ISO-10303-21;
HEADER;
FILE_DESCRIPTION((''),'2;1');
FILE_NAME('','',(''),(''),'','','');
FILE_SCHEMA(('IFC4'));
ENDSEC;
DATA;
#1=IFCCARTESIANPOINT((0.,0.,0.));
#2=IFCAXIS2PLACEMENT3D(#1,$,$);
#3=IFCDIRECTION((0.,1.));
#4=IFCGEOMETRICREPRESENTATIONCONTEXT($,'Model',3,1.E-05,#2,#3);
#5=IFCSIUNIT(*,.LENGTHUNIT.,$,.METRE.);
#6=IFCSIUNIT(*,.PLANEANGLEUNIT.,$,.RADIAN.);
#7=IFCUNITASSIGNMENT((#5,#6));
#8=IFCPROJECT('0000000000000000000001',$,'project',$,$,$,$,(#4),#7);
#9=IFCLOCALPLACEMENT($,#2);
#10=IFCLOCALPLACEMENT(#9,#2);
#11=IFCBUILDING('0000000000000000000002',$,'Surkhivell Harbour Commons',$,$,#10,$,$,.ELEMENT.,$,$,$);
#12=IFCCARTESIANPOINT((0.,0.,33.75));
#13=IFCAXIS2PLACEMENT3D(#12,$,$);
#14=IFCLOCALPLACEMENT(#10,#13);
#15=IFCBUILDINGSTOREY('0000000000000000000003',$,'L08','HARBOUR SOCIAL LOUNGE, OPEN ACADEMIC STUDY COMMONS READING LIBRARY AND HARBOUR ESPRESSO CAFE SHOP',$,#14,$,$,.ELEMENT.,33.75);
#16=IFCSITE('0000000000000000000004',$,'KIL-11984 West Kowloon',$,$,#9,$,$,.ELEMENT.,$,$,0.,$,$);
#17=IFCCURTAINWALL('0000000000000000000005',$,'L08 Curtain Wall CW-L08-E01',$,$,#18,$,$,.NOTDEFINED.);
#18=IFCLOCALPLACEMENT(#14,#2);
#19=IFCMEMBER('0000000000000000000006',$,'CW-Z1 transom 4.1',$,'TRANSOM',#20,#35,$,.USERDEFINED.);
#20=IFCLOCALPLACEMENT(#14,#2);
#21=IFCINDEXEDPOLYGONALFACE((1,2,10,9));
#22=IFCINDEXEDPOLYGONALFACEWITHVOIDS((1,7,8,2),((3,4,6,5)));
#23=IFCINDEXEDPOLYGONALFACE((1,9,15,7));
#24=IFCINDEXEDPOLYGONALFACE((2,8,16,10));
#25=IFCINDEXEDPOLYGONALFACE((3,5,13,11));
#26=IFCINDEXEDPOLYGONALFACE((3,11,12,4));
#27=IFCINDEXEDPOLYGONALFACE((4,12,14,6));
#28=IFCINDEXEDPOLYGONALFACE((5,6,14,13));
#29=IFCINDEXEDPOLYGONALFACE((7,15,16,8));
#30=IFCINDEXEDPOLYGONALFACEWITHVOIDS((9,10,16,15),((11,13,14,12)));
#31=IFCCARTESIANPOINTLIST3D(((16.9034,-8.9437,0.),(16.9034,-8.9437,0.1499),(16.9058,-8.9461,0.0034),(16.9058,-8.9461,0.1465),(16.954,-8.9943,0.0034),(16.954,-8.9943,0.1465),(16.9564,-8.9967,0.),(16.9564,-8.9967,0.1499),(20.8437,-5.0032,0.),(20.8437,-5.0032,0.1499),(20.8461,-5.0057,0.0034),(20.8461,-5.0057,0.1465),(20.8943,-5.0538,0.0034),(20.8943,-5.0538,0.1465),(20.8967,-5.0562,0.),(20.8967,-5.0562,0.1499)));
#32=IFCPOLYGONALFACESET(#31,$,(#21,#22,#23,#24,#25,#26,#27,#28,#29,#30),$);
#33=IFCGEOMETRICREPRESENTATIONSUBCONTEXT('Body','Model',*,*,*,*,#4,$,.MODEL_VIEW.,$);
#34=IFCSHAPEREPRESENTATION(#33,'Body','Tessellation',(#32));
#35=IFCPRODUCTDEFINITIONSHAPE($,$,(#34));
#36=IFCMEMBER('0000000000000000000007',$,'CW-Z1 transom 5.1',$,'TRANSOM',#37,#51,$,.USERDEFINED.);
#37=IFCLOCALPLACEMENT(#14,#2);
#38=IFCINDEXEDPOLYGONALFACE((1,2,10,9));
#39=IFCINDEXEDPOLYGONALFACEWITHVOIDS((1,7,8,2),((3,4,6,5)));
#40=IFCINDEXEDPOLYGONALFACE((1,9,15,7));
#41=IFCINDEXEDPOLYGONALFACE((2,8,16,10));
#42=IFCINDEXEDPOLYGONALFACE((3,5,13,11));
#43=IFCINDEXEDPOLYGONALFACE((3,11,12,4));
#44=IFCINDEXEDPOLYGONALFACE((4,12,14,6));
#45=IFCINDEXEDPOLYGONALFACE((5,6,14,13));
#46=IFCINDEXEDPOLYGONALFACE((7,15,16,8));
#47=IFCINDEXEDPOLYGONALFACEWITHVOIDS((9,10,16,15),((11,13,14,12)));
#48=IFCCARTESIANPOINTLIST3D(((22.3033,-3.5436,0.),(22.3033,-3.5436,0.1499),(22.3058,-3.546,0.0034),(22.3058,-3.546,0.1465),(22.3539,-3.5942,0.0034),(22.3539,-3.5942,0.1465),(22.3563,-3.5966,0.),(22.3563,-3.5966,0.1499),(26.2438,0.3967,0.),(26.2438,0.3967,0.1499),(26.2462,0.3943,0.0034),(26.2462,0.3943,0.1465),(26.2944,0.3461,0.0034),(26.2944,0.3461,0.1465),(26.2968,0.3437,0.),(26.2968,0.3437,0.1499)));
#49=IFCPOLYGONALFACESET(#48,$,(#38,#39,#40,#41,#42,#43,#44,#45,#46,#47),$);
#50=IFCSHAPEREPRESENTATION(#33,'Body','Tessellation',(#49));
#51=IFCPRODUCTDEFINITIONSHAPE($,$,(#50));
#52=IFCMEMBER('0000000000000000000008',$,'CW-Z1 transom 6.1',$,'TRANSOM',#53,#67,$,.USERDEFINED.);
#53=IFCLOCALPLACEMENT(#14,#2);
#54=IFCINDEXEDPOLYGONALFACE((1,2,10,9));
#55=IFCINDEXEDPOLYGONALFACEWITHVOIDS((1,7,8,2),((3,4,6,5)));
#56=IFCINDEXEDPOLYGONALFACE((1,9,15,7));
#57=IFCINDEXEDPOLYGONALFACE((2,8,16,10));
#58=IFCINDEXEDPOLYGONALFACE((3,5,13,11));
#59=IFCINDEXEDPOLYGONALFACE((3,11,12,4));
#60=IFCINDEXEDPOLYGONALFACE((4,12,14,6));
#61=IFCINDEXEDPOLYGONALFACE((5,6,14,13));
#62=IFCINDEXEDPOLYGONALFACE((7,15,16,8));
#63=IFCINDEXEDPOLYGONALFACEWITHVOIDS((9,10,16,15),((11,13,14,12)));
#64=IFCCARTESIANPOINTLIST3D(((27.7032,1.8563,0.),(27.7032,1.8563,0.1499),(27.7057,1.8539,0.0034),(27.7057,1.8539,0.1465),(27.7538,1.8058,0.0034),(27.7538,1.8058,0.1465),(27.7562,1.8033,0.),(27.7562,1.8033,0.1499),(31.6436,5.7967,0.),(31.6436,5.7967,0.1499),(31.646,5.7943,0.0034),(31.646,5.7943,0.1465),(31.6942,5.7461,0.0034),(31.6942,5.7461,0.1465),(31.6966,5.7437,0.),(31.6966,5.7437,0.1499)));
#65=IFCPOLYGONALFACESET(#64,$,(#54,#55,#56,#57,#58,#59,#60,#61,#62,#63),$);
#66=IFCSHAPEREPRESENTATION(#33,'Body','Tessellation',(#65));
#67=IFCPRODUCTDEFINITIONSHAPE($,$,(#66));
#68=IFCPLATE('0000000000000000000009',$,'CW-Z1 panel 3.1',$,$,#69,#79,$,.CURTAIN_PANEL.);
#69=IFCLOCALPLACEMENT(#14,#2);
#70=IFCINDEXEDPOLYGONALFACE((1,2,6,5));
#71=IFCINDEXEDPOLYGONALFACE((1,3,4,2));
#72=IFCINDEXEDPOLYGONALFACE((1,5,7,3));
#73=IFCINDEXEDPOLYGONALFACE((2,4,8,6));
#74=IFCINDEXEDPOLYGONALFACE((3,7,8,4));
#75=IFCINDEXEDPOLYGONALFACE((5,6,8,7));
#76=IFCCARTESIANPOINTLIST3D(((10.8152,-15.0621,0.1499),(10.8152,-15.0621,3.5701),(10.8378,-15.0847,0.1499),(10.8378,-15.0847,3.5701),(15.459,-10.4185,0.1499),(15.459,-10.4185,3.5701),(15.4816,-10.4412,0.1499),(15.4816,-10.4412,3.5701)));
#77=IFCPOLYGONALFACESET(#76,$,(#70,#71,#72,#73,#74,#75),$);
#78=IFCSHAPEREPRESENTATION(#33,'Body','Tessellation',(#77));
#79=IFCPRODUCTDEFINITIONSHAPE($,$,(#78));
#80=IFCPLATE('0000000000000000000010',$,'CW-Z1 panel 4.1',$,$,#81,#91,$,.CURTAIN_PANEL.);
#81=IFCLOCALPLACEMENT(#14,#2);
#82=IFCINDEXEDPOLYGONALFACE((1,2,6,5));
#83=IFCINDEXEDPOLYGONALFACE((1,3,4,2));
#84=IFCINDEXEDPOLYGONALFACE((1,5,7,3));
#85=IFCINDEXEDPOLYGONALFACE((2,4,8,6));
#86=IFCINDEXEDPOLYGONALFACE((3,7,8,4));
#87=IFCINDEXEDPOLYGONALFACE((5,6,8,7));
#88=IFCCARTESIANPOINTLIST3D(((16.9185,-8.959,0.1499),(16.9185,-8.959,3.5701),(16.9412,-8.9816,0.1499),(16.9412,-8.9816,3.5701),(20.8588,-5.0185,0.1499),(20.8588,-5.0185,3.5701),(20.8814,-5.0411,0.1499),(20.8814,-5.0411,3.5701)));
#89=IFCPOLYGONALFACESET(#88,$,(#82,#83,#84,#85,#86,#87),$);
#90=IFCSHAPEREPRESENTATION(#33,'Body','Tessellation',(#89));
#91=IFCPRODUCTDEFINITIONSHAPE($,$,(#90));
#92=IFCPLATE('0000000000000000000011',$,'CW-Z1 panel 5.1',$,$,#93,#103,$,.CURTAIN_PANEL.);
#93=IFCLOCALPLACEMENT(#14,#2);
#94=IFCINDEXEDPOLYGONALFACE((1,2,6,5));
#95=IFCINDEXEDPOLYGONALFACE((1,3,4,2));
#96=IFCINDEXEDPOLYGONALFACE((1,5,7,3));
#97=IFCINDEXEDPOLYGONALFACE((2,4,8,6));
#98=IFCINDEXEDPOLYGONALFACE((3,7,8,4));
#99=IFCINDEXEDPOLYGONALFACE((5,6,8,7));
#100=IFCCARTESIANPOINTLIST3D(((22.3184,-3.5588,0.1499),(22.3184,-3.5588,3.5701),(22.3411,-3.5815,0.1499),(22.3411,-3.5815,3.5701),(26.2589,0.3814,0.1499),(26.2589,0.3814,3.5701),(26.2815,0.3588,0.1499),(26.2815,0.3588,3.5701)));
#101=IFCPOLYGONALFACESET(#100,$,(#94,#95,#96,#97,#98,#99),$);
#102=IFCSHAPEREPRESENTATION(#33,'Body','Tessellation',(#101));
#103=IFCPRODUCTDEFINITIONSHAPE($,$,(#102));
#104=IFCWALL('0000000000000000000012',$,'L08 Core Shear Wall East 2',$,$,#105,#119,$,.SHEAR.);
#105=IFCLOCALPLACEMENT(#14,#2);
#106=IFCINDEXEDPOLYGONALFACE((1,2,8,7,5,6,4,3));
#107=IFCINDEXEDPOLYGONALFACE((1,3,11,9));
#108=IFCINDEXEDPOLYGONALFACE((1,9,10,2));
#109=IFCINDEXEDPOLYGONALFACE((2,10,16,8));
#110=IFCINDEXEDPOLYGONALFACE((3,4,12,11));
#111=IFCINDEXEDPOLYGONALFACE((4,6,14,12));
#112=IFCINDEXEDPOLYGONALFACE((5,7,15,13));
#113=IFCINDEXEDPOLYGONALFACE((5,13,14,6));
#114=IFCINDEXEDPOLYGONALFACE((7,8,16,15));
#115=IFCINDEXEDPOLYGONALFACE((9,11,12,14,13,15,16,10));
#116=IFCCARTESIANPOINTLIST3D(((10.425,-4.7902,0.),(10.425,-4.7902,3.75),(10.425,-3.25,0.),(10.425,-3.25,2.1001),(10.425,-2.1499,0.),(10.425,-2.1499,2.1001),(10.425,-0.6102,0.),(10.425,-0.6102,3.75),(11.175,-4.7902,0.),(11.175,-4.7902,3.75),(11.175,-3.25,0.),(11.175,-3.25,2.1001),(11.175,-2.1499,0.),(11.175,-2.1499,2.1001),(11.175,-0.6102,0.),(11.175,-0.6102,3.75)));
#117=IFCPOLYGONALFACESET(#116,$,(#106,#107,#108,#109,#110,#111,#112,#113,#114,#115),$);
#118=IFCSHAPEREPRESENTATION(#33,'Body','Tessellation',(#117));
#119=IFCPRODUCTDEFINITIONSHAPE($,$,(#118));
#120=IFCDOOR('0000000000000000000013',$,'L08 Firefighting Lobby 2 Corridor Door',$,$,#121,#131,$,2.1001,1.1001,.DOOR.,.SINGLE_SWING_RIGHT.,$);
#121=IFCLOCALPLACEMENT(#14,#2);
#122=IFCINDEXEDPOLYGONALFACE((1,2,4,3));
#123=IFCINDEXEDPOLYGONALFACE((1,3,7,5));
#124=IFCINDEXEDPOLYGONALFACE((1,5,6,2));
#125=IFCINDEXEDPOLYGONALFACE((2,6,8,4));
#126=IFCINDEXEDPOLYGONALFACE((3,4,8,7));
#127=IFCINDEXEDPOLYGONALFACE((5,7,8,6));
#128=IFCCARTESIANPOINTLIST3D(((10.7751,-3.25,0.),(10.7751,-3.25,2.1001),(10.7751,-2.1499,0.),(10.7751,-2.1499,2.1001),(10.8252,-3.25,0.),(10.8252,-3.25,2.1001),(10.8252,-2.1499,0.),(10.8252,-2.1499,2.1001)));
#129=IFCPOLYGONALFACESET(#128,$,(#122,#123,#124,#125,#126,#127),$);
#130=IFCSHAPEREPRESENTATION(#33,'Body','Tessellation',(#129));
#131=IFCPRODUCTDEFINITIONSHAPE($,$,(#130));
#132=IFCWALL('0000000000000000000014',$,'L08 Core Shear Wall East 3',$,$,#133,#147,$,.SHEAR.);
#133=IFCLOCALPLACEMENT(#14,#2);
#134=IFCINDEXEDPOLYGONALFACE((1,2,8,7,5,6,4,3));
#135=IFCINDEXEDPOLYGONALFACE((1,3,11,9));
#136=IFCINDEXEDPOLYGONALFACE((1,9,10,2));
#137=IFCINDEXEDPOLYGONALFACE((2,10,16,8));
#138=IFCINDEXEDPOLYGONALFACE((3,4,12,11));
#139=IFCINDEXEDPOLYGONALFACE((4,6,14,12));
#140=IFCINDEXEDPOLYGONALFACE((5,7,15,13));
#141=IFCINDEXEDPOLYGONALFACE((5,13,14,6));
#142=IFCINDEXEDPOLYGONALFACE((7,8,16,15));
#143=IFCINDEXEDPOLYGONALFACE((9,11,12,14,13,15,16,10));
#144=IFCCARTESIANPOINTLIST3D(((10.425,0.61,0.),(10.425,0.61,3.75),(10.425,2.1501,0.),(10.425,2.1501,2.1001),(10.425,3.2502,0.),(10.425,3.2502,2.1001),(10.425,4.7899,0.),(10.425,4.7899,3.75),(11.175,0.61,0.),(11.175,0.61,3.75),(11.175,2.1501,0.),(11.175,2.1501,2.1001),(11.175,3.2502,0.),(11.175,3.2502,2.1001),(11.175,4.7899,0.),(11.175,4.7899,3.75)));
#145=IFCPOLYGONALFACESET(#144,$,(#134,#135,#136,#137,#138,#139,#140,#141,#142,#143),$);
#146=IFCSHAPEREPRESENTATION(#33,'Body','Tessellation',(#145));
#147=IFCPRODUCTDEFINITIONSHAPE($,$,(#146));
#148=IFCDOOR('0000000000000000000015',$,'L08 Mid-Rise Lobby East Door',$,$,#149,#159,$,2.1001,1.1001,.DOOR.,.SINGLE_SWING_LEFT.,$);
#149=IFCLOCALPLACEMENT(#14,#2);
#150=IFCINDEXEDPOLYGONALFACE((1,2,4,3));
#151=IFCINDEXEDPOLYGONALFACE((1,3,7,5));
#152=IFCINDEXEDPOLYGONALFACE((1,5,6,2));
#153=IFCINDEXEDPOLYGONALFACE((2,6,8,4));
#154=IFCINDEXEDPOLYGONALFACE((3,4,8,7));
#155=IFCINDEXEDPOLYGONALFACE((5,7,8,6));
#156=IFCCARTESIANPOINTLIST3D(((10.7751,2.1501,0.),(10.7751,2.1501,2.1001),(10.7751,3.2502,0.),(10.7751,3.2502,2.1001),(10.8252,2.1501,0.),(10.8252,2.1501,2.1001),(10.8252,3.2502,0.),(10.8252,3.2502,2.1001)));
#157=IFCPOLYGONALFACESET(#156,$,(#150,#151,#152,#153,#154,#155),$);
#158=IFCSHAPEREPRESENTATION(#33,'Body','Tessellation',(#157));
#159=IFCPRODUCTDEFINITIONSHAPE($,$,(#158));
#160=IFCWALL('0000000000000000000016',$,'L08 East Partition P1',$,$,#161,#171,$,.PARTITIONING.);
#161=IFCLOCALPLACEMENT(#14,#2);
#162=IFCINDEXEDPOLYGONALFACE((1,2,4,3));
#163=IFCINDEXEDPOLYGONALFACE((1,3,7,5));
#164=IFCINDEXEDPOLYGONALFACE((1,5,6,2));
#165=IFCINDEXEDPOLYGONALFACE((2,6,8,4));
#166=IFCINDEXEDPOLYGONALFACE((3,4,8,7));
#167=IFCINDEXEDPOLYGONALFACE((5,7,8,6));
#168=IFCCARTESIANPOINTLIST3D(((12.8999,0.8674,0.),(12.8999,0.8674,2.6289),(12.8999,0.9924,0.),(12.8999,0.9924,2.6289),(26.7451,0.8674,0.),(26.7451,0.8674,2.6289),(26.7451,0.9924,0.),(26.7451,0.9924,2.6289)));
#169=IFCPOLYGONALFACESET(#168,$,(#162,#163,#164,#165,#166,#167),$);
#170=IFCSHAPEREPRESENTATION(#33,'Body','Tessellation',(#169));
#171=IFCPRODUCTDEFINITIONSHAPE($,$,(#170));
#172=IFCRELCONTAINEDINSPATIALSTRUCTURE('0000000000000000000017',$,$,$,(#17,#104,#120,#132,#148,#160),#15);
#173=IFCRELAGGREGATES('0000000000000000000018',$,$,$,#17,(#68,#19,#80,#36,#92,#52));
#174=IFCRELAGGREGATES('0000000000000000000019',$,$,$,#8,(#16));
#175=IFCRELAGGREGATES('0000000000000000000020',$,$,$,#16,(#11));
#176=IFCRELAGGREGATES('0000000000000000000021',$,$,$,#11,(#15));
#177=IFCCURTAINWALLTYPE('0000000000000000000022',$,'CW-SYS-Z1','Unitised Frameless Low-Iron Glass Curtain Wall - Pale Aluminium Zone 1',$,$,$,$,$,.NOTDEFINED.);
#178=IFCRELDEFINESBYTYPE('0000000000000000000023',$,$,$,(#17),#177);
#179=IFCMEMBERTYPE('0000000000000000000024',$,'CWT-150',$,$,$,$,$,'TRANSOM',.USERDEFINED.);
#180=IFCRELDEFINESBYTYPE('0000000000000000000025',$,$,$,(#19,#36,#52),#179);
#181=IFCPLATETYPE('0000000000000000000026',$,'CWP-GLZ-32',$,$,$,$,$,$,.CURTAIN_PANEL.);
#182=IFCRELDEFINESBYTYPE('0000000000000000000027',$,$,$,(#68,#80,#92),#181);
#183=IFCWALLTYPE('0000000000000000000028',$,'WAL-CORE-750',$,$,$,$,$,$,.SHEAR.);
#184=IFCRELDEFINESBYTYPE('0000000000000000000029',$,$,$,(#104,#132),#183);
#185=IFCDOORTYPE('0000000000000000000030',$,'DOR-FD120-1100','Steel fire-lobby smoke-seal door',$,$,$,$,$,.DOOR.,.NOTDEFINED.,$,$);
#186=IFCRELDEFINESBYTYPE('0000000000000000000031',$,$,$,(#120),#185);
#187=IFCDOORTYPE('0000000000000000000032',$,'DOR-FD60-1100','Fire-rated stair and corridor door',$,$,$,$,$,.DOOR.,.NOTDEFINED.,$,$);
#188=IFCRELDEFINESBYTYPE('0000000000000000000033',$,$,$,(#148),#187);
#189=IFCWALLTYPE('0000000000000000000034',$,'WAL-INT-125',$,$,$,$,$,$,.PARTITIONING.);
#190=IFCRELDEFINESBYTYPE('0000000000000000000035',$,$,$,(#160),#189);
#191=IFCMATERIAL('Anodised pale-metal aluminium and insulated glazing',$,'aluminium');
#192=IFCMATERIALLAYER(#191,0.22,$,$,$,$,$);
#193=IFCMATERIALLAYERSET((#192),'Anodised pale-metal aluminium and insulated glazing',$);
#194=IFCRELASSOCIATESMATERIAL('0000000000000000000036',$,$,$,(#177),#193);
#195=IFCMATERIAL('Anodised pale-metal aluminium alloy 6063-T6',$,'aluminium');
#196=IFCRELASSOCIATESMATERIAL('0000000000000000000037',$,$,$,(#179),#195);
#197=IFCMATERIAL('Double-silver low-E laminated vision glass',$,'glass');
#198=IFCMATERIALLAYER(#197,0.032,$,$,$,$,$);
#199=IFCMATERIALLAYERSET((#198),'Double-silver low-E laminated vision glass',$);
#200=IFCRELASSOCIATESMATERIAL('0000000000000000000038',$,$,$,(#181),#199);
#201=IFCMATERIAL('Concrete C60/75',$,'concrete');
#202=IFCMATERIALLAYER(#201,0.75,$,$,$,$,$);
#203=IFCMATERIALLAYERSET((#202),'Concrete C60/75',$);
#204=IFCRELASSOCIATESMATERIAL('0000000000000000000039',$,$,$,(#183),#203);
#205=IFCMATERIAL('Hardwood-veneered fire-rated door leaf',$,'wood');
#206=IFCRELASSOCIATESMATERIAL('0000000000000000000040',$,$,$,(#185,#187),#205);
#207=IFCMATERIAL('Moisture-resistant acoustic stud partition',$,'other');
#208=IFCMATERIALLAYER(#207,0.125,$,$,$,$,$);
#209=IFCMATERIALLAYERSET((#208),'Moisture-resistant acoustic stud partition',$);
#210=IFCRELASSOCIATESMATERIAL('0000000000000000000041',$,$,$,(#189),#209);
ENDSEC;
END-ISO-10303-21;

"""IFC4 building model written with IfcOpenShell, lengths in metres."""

from ifc_helpers import new_model, si_unit, direction, frame, frame_2d, origin, origin_2d, place, context, subcontext, project, spatial, rectangle, hollow_rectangle, extrude, material, layer, layer_set, material_profile, profile_set, type_object, element, fill, aggregate, save


model = new_model("IFC4")

# Units and contexts
model_context = context("Model", 3, precision=1e-05, world=origin(), true_north=direction((0.0, 1.0)))
body_context = subcontext(model_context, "Body", "Model", "MODEL_VIEW")
ifc_project = project(units=[si_unit("LENGTHUNIT", "METRE"), si_unit("PLANEANGLEUNIT", "RADIAN")], contexts=[model_context])

# Site, building, storey
site_placement = place(None, origin())
site = spatial("IfcSite", under=ifc_project, at=site_placement, Name="KIL-11984 West Kowloon", CompositionType="ELEMENT", RefElevation=0.0)
building_placement = place(site_placement, origin())
building = spatial("IfcBuilding", under=site, at=building_placement, Name="Surkhivell Harbour Commons", CompositionType="ELEMENT")
storey_placement = place(building_placement, frame((0.0, 0.0, 33.75)))
storey = spatial("IfcBuildingStorey", under=building, at=storey_placement, Name="L08", Description="HARBOUR SOCIAL LOUNGE, OPEN ACADEMIC STUDY COMMONS READING LIBRARY AND HARBOUR ESPRESSO CAFE SHOP", CompositionType="ELEMENT", Elevation=33.75)

# Curtain wall, members, plates
ifc_material_1 = material(Name="Anodised pale-metal aluminium and insulated glazing", Category="aluminium")
ifc_layer_1 = layer(ifc_material_1, 0.22)
ifc_layer_set_1 = layer_set([ifc_layer_1], Name="Anodised pale-metal aluminium and insulated glazing")
curtain_wall_type = type_object("IfcCurtainWallType", Name="CW-SYS-Z1", Description="Unitised Frameless Low-Iron Glass Curtain Wall - Pale Aluminium Zone 1", PredefinedType="NOTDEFINED", material=ifc_layer_set_1)
curtain_wall_placement = place(storey_placement, origin())
curtain_wall = element("IfcCurtainWall", 1, at=curtain_wall_placement, inside=storey, type_object=curtain_wall_type, Name="L08 Curtain Wall CW-L08-E01", PredefinedType="NOTDEFINED")
ifc_material_2 = material(Name="Anodised pale-metal aluminium alloy 6063-T6", Category="aluminium")
ifc_material_profile_1 = material_profile(ifc_material_2, hollow_rectangle(XDim=0.075, YDim=0.1499, WallThickness=0.0034, at=origin_2d()), Name="ALU-TRAN-75x150")
ifc_profile_set_1 = profile_set([ifc_material_profile_1], Name="Anodised pale-metal aluminium alloy 6063-T6")
member_type_1 = type_object("IfcMemberType", Name="CWT-150", ElementType="TRANSOM", PredefinedType="USERDEFINED", material=ifc_profile_set_1)
member_1_placement = place(storey_placement, frame((16.9299, -8.9702, 0.075), z_axis=(0.707085, 0.707129, 0.0), x_axis=(-0.707129, 0.707085, 0.0)))
member_1 = element("IfcMember", 2, at=member_1_placement, type_object=member_type_1, Name="CW-Z1 transom 4.1", ObjectType="TRANSOM", PredefinedType="USERDEFINED", context=body_context, shape_type="SweptSolid", body=[
    extrude(hollow_rectangle(XDim=0.075, YDim=0.1499, WallThickness=0.0034, at=origin_2d()), origin(), (0.0, 0.0, 1.0), 5.5725),
])
member_2_placement = place(storey_placement, frame((22.3298, -3.5701, 0.075), z_axis=(0.707129, 0.707085, 0.0), x_axis=(-0.707085, 0.707129, 0.0)))
member_2 = element("IfcMember", 3, at=member_2_placement, type_object=member_type_1, Name="CW-Z1 transom 5.1", ObjectType="TRANSOM", PredefinedType="USERDEFINED", context=body_context, shape_type="SweptSolid", body=[
    extrude(hollow_rectangle(XDim=0.075, YDim=0.1499, WallThickness=0.0034, at=origin_2d()), origin(), (0.0, 0.0, 1.0), 5.5725),
])
member_3_placement = place(storey_placement, frame((27.7297, 1.8298, 0.075), z_axis=(0.707107, 0.707107, 0.0), x_axis=(-0.707107, 0.707107, 0.0)))
member_3 = element("IfcMember", 4, at=member_3_placement, type_object=member_type_1, Name="CW-Z1 transom 6.1", ObjectType="TRANSOM", PredefinedType="USERDEFINED", context=body_context, shape_type="SweptSolid", body=[
    extrude(hollow_rectangle(XDim=0.075, YDim=0.1499, WallThickness=0.0034, at=origin_2d()), origin(), (0.0, 0.0, 1.0), 5.5725),
])
ifc_material_3 = material(Name="Double-silver low-E laminated vision glass", Category="glass")
ifc_layer_2 = layer(ifc_material_3, 0.032)
ifc_layer_set_2 = layer_set([ifc_layer_2], Name="Double-silver low-E laminated vision glass")
plate_type = type_object("IfcPlateType", Name="CWP-GLZ-32", PredefinedType="CURTAIN_PANEL", material=ifc_layer_set_2)
plate_1_placement = place(storey_placement, frame((10.8264, -15.0735, 0.1499), z_axis=(0.0, 0.0, 1.0), x_axis=(0.707125, 0.707088, 0.0)))
plate_1 = element("IfcPlate", 5, at=plate_1_placement, type_object=plate_type, Name="CW-Z1 panel 3.1", PredefinedType="CURTAIN_PANEL", context=body_context, shape_type="SweptSolid", body=[
    extrude(rectangle(XDim=6.5671, YDim=0.032, at=frame_2d((3.2837, 0.0))), origin(), (0.0, 0.0, 1.0), 3.4202),
])
plate_2_placement = place(storey_placement, frame((16.9299, -8.9702, 0.1499), z_axis=(0.0, 0.0, 1.0), x_axis=(0.707085, 0.707129, 0.0)))
plate_2 = element("IfcPlate", 6, at=plate_2_placement, type_object=plate_type, Name="CW-Z1 panel 4.1", PredefinedType="CURTAIN_PANEL", context=body_context, shape_type="SweptSolid", body=[
    extrude(rectangle(XDim=5.5725, YDim=0.032, at=frame_2d((2.7861, 0.0))), origin(), (0.0, 0.0, 1.0), 3.4202),
])
plate_3_placement = place(storey_placement, frame((22.3298, -3.5701, 0.1499), z_axis=(0.0, 0.0, 1.0), x_axis=(0.707129, 0.707085, 0.0)))
plate_3 = element("IfcPlate", 7, at=plate_3_placement, type_object=plate_type, Name="CW-Z1 panel 5.1", PredefinedType="CURTAIN_PANEL", context=body_context, shape_type="SweptSolid", body=[
    extrude(rectangle(XDim=5.5725, YDim=0.032, at=frame_2d((2.7861, 0.0))), origin(), (0.0, 0.0, 1.0), 3.4202),
])
aggregate(curtain_wall, [plate_1, member_1, plate_2, member_2, plate_3, member_3])

# Walls, openings, doors
ifc_material_4 = material(Name="Concrete C60/75", Category="concrete")
ifc_layer_3 = layer(ifc_material_4, 0.75)
ifc_layer_set_3 = layer_set([ifc_layer_3], Name="Concrete C60/75")
wall_type_1 = type_object("IfcWallType", Name="WAL-CORE-750", PredefinedType="SHEAR", material=ifc_layer_set_3)
wall_1_placement = place(storey_placement, frame((10.8, -4.79, 0.0), z_axis=(0.0, 0.0, 1.0), x_axis=(0.0, 1.0, 0.0)))
wall_1 = element("IfcWall", 8, at=wall_1_placement, inside=storey, type_object=wall_type_1, Name="L08 Core Shear Wall East 2", PredefinedType="SHEAR", context=body_context, shape_type="SweptSolid", body=[
    extrude(rectangle(XDim=4.1799, YDim=0.75, at=frame_2d((2.0898, 0.0))), origin(), (0.0, 0.0, 1.0), 3.75),
])
opening_1_placement = place(wall_1_placement, frame((1.54, 0.0, 0.0)))
opening_1 = element("IfcOpeningElement", 9, at=opening_1_placement, cuts=wall_1, PredefinedType="OPENING", context=body_context, shape_type="SweptSolid", body=[
    extrude(rectangle(XDim=1.1001, YDim=2.1001, at=frame_2d((0.55, 1.05))), frame((0.0, 0.385, 0.0), z_axis=(0.0, -1.0, 0.0), x_axis=(1.0, 0.0, 0.0)), (0.0, 0.0, 1.0), 0.77),
])
ifc_material_5 = material(Name="Hardwood-veneered fire-rated door leaf", Category="wood")
door_type_1 = type_object("IfcDoorType", Name="DOR-FD120-1100", Description="Steel fire-lobby smoke-seal door", OperationType="NOTDEFINED", PredefinedType="DOOR", material=ifc_material_5)
door_1_placement = place(opening_1_placement, origin())
door_1 = element("IfcDoor", 10, at=door_1_placement, inside=storey, type_object=door_type_1, Name="L08 Firefighting Lobby 2 Corridor Door", OperationType="SINGLE_SWING_RIGHT", OverallHeight=2.1001, OverallWidth=1.1001, PredefinedType="DOOR", context=body_context, shape_type="SweptSolid", body=[
    extrude(rectangle(XDim=1.1001, YDim=2.1001, at=frame_2d((0.55, 1.05))), frame((0.0, 0.0249, 0.0), z_axis=(0.0, -1.0, 0.0), x_axis=(1.0, 0.0, 0.0)), (0.0, 0.0, 1.0), 0.05),
])
fill(opening_1, door_1)
wall_2_placement = place(storey_placement, frame((10.8, 0.6101, 0.0), z_axis=(0.0, 0.0, 1.0), x_axis=(0.0, 1.0, 0.0)))
wall_2 = element("IfcWall", 11, at=wall_2_placement, inside=storey, type_object=wall_type_1, Name="L08 Core Shear Wall East 3", PredefinedType="SHEAR", context=body_context, shape_type="SweptSolid", body=[
    extrude(rectangle(XDim=4.1799, YDim=0.75, at=frame_2d((2.0898, 0.0))), origin(), (0.0, 0.0, 1.0), 3.75),
])
opening_2_placement = place(wall_2_placement, frame((1.54, 0.0, 0.0)))
opening_2 = element("IfcOpeningElement", 12, at=opening_2_placement, cuts=wall_2, PredefinedType="OPENING", context=body_context, shape_type="SweptSolid", body=[
    extrude(rectangle(XDim=1.1001, YDim=2.1001, at=frame_2d((0.55, 1.05))), frame((0.0, 0.385, 0.0), z_axis=(0.0, -1.0, 0.0), x_axis=(1.0, 0.0, 0.0)), (0.0, 0.0, 1.0), 0.77),
])
door_type_2 = type_object("IfcDoorType", Name="DOR-FD60-1100", Description="Fire-rated stair and corridor door", OperationType="NOTDEFINED", PredefinedType="DOOR", material=ifc_material_5)
door_2_placement = place(opening_2_placement, origin())
door_2 = element("IfcDoor", 13, at=door_2_placement, inside=storey, type_object=door_type_2, Name="L08 Mid-Rise Lobby East Door", OperationType="SINGLE_SWING_LEFT", OverallHeight=2.1001, OverallWidth=1.1001, PredefinedType="DOOR", context=body_context, shape_type="SweptSolid", body=[
    extrude(rectangle(XDim=1.1001, YDim=2.1001, at=frame_2d((0.55, 1.05))), frame((0.0, 0.0249, 0.0), z_axis=(0.0, -1.0, 0.0), x_axis=(1.0, 0.0, 0.0)), (0.0, 0.0, 1.0), 0.05),
])
fill(opening_2, door_2)

# Wall
ifc_material_6 = material(Name="Moisture-resistant acoustic stud partition", Category="other")
ifc_layer_4 = layer(ifc_material_6, 0.125)
ifc_layer_set_4 = layer_set([ifc_layer_4], Name="Moisture-resistant acoustic stud partition")
wall_type_2 = type_object("IfcWallType", Name="WAL-INT-125", PredefinedType="PARTITIONING", material=ifc_layer_set_4)
wall_3_placement = place(storey_placement, frame((12.8999, 0.9299, 0.0), z_axis=(0.0, 0.0, 1.0), x_axis=(1.0, 0.0, 0.0)))
element("IfcWall", 14, at=wall_3_placement, inside=storey, type_object=wall_type_2, Name="L08 East Partition P1", PredefinedType="PARTITIONING", context=body_context, shape_type="SweptSolid", body=[
    extrude(rectangle(XDim=13.8452, YDim=0.125, at=frame_2d((6.9226, 0.0))), origin(), (0.0, 0.0, 1.0), 2.6289),
])

save(model, "model.ifc")
